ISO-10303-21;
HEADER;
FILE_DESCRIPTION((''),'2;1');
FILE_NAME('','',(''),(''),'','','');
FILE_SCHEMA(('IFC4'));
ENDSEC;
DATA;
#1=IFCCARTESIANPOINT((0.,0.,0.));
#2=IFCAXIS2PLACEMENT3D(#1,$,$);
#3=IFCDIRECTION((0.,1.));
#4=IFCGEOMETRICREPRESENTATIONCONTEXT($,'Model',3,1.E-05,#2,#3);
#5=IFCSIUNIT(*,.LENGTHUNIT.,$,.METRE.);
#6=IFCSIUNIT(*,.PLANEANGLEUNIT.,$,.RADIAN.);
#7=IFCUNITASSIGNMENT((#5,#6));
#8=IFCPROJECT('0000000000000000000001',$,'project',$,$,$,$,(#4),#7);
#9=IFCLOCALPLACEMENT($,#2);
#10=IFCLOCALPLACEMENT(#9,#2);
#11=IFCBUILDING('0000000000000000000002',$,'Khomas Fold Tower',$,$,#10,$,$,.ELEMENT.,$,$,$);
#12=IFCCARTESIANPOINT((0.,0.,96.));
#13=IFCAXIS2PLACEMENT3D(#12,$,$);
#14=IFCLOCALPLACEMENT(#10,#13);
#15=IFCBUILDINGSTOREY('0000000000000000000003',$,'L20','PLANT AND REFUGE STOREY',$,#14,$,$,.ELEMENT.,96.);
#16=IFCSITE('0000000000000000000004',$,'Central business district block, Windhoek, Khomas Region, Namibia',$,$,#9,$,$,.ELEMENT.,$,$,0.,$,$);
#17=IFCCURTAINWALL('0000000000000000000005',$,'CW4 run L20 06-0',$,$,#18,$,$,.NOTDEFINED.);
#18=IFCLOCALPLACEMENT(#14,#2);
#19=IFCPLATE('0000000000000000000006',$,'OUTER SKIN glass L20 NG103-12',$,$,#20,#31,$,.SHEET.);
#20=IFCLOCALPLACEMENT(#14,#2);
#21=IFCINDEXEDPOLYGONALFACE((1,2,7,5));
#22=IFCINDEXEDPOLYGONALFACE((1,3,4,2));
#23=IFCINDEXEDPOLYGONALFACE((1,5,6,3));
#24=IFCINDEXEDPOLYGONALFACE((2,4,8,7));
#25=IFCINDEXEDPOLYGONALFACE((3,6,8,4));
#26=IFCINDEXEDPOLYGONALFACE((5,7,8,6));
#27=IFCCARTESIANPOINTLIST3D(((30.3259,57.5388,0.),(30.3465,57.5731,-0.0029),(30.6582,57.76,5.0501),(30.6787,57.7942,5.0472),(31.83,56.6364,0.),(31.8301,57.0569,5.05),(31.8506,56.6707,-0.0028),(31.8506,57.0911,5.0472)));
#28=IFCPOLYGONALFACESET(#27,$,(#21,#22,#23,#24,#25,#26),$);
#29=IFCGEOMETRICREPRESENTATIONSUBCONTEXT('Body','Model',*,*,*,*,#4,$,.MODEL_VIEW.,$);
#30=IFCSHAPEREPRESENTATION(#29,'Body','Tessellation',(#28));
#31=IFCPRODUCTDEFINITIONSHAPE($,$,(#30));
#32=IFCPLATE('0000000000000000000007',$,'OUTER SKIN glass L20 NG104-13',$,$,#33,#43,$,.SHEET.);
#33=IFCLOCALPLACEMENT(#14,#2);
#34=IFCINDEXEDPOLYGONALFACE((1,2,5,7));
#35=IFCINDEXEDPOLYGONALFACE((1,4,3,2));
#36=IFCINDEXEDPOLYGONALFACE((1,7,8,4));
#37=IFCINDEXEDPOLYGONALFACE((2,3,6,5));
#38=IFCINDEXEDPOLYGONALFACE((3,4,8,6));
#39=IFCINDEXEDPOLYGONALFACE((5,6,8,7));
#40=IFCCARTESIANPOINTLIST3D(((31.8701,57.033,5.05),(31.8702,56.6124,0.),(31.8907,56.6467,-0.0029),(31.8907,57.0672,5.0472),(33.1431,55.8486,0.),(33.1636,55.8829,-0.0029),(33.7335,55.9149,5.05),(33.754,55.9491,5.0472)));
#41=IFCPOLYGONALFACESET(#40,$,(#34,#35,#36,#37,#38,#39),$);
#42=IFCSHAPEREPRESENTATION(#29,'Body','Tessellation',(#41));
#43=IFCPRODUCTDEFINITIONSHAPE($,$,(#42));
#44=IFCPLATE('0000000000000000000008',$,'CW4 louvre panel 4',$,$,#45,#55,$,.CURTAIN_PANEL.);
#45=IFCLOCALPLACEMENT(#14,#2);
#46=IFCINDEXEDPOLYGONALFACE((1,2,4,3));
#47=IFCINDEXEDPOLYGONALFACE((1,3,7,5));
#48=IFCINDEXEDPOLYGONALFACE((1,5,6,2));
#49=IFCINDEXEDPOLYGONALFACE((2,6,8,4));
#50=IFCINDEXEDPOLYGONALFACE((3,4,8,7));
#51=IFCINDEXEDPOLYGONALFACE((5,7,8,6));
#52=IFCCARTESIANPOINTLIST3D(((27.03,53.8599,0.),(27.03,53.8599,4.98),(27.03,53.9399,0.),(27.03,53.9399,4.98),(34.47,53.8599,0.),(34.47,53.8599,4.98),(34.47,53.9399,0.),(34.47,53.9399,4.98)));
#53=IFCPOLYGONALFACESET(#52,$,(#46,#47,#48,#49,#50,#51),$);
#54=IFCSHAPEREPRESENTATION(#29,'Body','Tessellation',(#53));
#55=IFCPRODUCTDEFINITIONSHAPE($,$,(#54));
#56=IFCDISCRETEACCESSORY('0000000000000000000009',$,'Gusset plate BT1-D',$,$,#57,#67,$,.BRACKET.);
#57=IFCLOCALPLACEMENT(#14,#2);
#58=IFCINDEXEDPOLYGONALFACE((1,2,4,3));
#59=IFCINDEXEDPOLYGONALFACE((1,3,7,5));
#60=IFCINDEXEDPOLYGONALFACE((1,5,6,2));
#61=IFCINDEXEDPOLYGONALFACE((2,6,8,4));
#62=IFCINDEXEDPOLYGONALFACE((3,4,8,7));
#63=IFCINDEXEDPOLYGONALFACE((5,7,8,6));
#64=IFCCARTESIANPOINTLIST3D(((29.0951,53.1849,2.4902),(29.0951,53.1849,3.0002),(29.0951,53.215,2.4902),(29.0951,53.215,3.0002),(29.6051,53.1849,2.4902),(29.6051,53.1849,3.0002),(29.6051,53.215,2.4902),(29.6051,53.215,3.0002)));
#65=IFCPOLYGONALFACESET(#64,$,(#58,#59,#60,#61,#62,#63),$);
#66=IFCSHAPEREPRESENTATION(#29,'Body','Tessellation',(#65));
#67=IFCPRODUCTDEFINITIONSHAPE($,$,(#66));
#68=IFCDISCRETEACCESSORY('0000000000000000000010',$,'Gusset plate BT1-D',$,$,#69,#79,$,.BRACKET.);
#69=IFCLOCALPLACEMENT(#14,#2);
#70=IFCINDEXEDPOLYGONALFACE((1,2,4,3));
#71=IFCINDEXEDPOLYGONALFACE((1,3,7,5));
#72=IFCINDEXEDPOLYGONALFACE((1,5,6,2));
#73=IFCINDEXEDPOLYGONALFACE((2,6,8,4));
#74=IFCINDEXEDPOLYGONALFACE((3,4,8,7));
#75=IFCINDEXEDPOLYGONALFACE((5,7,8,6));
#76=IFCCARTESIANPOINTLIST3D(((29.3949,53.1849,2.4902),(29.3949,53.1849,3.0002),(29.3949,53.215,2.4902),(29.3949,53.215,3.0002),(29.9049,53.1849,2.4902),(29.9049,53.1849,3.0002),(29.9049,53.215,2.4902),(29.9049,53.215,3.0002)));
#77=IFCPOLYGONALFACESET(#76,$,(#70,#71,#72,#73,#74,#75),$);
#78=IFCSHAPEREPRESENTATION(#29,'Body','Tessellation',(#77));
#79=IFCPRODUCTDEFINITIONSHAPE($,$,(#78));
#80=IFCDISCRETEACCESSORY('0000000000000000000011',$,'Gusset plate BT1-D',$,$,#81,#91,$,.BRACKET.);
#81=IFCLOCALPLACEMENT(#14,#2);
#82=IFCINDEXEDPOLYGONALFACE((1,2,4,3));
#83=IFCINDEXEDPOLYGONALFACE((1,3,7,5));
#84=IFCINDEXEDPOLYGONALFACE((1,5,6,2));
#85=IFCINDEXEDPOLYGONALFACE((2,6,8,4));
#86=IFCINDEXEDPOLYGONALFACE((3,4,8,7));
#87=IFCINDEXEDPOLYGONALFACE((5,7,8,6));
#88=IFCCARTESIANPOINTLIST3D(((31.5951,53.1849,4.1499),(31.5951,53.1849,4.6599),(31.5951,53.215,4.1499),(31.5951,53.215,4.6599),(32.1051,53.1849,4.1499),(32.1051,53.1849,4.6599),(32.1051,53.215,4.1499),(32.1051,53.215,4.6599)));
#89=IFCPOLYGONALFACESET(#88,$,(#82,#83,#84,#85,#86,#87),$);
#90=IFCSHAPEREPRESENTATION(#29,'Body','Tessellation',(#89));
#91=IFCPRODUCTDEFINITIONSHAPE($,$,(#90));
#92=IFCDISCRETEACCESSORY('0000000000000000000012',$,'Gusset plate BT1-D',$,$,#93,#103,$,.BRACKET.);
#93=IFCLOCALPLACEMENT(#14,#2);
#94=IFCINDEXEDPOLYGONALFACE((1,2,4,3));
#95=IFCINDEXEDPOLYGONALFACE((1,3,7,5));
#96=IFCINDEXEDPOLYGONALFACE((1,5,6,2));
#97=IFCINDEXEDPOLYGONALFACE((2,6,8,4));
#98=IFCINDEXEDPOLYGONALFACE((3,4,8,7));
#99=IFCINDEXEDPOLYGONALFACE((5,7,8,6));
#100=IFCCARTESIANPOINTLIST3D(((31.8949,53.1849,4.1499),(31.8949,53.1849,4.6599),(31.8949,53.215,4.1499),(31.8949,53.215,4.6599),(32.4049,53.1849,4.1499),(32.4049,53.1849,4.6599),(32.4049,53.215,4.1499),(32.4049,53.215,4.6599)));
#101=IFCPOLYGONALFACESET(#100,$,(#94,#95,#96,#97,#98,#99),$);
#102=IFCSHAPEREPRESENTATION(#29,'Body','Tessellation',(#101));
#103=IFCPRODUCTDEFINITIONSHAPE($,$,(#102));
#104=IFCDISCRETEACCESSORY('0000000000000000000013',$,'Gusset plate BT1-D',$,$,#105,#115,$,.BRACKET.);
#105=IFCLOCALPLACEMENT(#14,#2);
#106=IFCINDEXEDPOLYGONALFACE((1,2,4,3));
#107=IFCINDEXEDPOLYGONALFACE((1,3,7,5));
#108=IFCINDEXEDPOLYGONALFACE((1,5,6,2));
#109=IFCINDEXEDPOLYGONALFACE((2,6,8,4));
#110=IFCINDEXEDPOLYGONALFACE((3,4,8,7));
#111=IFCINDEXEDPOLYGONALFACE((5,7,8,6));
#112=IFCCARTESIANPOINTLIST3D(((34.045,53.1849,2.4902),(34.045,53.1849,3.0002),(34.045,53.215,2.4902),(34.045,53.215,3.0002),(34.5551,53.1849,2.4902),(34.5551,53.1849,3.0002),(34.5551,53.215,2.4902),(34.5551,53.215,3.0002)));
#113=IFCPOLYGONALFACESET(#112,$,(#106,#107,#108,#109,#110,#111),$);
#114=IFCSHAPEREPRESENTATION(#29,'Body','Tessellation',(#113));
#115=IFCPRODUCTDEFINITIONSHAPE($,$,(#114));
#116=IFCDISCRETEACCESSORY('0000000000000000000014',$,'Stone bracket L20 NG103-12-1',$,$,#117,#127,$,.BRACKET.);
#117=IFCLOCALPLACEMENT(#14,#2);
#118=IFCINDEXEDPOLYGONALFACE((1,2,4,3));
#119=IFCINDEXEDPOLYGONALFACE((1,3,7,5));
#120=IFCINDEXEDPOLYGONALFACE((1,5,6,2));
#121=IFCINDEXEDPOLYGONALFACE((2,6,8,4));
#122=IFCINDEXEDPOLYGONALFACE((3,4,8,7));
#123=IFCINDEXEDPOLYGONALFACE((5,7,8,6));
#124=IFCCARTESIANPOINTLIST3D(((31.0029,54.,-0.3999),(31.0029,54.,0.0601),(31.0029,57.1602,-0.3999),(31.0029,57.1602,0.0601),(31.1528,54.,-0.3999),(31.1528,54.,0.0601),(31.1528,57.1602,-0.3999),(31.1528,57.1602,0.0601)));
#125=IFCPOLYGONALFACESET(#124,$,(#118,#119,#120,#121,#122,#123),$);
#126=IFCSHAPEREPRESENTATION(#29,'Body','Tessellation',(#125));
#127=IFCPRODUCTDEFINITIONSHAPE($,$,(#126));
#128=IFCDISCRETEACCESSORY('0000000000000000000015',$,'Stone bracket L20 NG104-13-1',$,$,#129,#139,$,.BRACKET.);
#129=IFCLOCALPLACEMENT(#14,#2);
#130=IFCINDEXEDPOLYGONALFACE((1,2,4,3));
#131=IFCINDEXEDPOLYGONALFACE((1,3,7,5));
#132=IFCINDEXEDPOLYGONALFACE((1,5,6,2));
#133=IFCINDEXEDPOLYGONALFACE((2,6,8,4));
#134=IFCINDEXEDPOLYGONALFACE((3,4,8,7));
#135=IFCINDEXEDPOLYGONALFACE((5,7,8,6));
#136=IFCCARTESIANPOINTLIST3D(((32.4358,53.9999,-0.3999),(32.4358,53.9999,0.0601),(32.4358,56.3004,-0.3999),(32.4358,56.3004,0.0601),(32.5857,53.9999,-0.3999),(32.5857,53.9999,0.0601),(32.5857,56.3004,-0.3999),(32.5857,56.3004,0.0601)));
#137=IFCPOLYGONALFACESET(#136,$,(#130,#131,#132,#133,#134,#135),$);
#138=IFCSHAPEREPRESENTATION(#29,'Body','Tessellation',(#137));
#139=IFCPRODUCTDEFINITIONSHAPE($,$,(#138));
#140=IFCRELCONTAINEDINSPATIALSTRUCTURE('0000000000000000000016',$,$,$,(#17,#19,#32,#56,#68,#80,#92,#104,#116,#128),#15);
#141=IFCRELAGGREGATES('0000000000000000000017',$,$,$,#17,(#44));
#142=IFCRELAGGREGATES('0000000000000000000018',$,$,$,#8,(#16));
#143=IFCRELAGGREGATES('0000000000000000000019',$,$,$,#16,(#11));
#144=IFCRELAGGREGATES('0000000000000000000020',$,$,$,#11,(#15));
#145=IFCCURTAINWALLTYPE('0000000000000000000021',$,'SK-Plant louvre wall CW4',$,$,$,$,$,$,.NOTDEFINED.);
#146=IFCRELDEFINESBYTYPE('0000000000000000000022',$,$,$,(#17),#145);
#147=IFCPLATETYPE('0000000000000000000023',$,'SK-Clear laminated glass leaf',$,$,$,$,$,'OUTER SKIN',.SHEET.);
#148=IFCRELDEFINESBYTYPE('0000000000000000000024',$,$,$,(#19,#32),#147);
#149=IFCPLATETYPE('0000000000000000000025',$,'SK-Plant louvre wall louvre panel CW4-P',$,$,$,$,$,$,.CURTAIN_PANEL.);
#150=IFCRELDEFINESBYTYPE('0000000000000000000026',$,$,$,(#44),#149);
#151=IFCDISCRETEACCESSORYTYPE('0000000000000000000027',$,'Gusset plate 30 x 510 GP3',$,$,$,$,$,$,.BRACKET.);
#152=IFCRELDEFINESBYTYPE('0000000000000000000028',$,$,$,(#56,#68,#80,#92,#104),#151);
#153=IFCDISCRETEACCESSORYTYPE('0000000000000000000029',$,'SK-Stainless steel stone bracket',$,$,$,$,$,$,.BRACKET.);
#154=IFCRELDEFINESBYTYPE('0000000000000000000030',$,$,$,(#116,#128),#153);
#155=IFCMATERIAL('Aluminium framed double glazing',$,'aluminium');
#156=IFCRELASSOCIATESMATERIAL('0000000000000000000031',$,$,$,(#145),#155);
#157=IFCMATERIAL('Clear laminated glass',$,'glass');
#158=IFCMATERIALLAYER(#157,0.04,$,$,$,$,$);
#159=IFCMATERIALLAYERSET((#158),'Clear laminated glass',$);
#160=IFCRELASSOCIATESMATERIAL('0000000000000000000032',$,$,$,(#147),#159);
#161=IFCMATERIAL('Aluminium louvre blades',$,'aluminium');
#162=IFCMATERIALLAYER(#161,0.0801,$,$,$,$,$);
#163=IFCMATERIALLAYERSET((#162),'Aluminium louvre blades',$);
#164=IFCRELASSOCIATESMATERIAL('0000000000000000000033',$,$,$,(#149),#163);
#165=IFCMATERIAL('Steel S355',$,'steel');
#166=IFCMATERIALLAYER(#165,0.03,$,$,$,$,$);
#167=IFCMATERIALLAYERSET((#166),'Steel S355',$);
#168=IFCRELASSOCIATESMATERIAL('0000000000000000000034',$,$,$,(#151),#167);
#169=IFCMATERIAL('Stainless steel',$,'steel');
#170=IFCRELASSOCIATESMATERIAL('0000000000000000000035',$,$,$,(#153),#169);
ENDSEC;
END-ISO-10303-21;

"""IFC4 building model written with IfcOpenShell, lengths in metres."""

from ifc_helpers import new_model, si_unit, direction, frame, origin, origin_2d, place, context, subcontext, project, spatial, polyline, rectangle, outline, extrude, source, transform, mapped, material, layer, layer_set, type_object, element, aggregate, save


model = new_model("IFC4")

# Units and contexts
model_context = context("Model", 3, precision=1e-05, world=origin(), true_north=direction((0.0, 1.0)))
body_context = subcontext(model_context, "Body", "Model", "MODEL_VIEW")
ifc_project = project(units=[si_unit("LENGTHUNIT", "METRE"), si_unit("PLANEANGLEUNIT", "RADIAN")], contexts=[model_context])

# Site, building, storey
site_placement = place(None, origin())
site = spatial("IfcSite", under=ifc_project, at=site_placement, Name="Central business district block, Windhoek, Khomas Region, Namibia", CompositionType="ELEMENT", RefElevation=0.0)
building_placement = place(site_placement, origin())
building = spatial("IfcBuilding", under=site, at=building_placement, Name="Khomas Fold Tower", CompositionType="ELEMENT")
storey_placement = place(building_placement, frame((0.0, 0.0, 96.0)))
storey = spatial("IfcBuildingStorey", under=building, at=storey_placement, Name="L20", Description="PLANT AND REFUGE STOREY", CompositionType="ELEMENT", Elevation=96.0)

# Curtain wall
ifc_material_1 = material(Name="Aluminium framed double glazing", Category="aluminium")
curtain_wall_type = type_object("IfcCurtainWallType", Name="SK-Plant louvre wall CW4", PredefinedType="NOTDEFINED", material=ifc_material_1)
curtain_wall_placement = place(storey_placement, origin())
curtain_wall = element("IfcCurtainWall", 1, at=curtain_wall_placement, inside=storey, type_object=curtain_wall_type, Name="CW4 run L20 06-0", PredefinedType="NOTDEFINED")

# Plates
ifc_material_2 = material(Name="Clear laminated glass", Category="glass")
ifc_layer_1 = layer(ifc_material_2, 0.04)
ifc_layer_set_1 = layer_set([ifc_layer_1], Name="Clear laminated glass")
plate_type_1 = type_object("IfcPlateType", Name="SK-Clear laminated glass leaf", ElementType="OUTER SKIN", PredefinedType="SHEET", material=ifc_layer_set_1)
plate_1_placement = place(storey_placement, frame((30.3259, 57.5388, 0.0), z_axis=(-0.513155, -0.855336, 0.071217), x_axis=(0.065586, 0.043654, 0.996892)))
element("IfcPlate", 2, at=plate_1_placement, inside=storey, type_object=plate_type_1, Name="OUTER SKIN glass L20 NG103-12", PredefinedType="SHEET", context=body_context, shape_type="SweptSolid", body=[
    extrude(outline(polyline([(0.0, 0.0), (5.0658, 0.0), (5.112, -1.3658), (0.0593, -1.753), (0.0, 0.0)])), origin(), (0.0, 0.0, -1.0), 0.04),
])
plate_2_placement = place(storey_placement, frame((33.1431, 55.8486, 0.0), z_axis=(-0.513209, -0.855304, 0.071221), x_axis=(-0.857481, 0.514515, -0.000006)))
element("IfcPlate", 3, at=plate_2_placement, inside=storey, type_object=plate_type_1, Name="OUTER SKIN glass L20 NG104-13", PredefinedType="SHEET", context=body_context, shape_type="SweptSolid", body=[
    extrude(outline(polyline([(0.0, 0.0), (1.4845, 0.0), (1.7009, -5.0629), (-0.4722, -5.0629), (0.0, 0.0)])), origin(), (0.0, 0.0, -1.0), 0.04),
])

# Plate
ifc_material_3 = material(Name="Aluminium louvre blades", Category="aluminium")
ifc_layer_2 = layer(ifc_material_3, 0.0801)
ifc_layer_set_2 = layer_set([ifc_layer_2], Name="Aluminium louvre blades")
plate_type_2 = type_object("IfcPlateType", Name="SK-Plant louvre wall louvre panel CW4-P", PredefinedType="CURTAIN_PANEL", material=ifc_layer_set_2)
shared_shape_1 = source(origin(), body_context, "Body", "SweptSolid", [
    extrude(rectangle(XDim=7.4399, YDim=0.0801, at=origin_2d()), origin(), (0.0, 0.0, 1.0), 4.98),
])
plate_3_placement = place(storey_placement, frame((30.75, 53.8999, 0.0), z_axis=(0.0, 0.0, 1.0), x_axis=(-1.0, 0.0, 0.0)))
plate_3 = element("IfcPlate", 4, at=plate_3_placement, type_object=plate_type_2, Name="CW4 louvre panel 4", PredefinedType="CURTAIN_PANEL", context=body_context, shape_type="MappedRepresentation", body=[
    mapped(shared_shape_1, transform((0.0, 0.0, 0.0))),
])
aggregate(curtain_wall, [plate_3])

# Discrete accessories
ifc_material_4 = material(Name="Steel S355", Category="steel")
ifc_layer_3 = layer(ifc_material_4, 0.03)
ifc_layer_set_3 = layer_set([ifc_layer_3], Name="Steel S355")
discrete_accessory_type_1 = type_object("IfcDiscreteAccessoryType", Name="Gusset plate 30 x 510 GP3", PredefinedType="BRACKET", material=ifc_layer_set_3)
shared_shape_2 = source(origin(), body_context, "Body", "SweptSolid", [
    extrude(rectangle(XDim=0.51, YDim=0.03, at=origin_2d()), origin(), (0.0, 0.0, 1.0), 0.51),
])
for number, where, z_axis, x_axis, name in (
    (5, (29.3501, 53.2, 2.4902), (0.0, 0.0, 1.0), (1.0, 0.0, 0.0), "Gusset plate BT1-D"),
    (6, (29.6499, 53.2, 2.4902), (0.0, 0.0, 1.0), (1.0, 0.0, 0.0), "Gusset plate BT1-D"),
    (7, (31.8501, 53.2, 4.1499), (0.0, 0.0, 1.0), (1.0, 0.0, 0.0), "Gusset plate BT1-D"),
    (8, (32.1499, 53.2, 4.1499), (0.0, 0.0, 1.0), (1.0, 0.0, 0.0), "Gusset plate BT1-D"),
    (9, (34.3, 53.2, 2.4902), (0.0, 0.0, 1.0), (1.0, 0.0, 0.0), "Gusset plate BT1-D"),
):
    element("IfcDiscreteAccessory", number, at=place(storey_placement, frame(where, z_axis=z_axis, x_axis=x_axis)), inside=storey, type_object=discrete_accessory_type_1, Name=name, PredefinedType="BRACKET", context=body_context, shape_type="MappedRepresentation", body=[
        mapped(shared_shape_2, transform((0.0, 0.0, 0.0))),
    ])
ifc_material_5 = material(Name="Stainless steel", Category="steel")
discrete_accessory_type_2 = type_object("IfcDiscreteAccessoryType", Name="SK-Stainless steel stone bracket", PredefinedType="BRACKET", material=ifc_material_5)
shared_shape_3 = source(origin(), body_context, "Body", "SweptSolid", [
    extrude(rectangle(XDim=3.1602, YDim=0.1499, at=origin_2d()), origin(), (0.0, 0.0, 1.0), 0.46),
])
discrete_accessory_1_placement = place(storey_placement, frame((31.0779, 55.5801, -0.3999), z_axis=(0.0, 0.0, 1.0), x_axis=(0.0, 1.0, 0.0)))
element("IfcDiscreteAccessory", 10, at=discrete_accessory_1_placement, inside=storey, type_object=discrete_accessory_type_2, Name="Stone bracket L20 NG103-12-1", PredefinedType="BRACKET", context=body_context, shape_type="MappedRepresentation", body=[
    mapped(shared_shape_3, transform((0.0, 0.0, 0.0))),
])
shared_shape_4 = source(origin(), body_context, "Body", "SweptSolid", [
    extrude(rectangle(XDim=2.3005, YDim=0.1499, at=origin_2d()), origin(), (0.0, 0.0, 1.0), 0.46),
])
discrete_accessory_2_placement = place(storey_placement, frame((32.5107, 55.1501, -0.3999), z_axis=(0.0, 0.0, 1.0), x_axis=(0.0, 1.0, 0.0)))
element("IfcDiscreteAccessory", 11, at=discrete_accessory_2_placement, inside=storey, type_object=discrete_accessory_type_2, Name="Stone bracket L20 NG104-13-1", PredefinedType="BRACKET", context=body_context, shape_type="MappedRepresentation", body=[
    mapped(shared_shape_4, transform((0.0, 0.0, 0.0))),
])

save(model, "model.ifc")
